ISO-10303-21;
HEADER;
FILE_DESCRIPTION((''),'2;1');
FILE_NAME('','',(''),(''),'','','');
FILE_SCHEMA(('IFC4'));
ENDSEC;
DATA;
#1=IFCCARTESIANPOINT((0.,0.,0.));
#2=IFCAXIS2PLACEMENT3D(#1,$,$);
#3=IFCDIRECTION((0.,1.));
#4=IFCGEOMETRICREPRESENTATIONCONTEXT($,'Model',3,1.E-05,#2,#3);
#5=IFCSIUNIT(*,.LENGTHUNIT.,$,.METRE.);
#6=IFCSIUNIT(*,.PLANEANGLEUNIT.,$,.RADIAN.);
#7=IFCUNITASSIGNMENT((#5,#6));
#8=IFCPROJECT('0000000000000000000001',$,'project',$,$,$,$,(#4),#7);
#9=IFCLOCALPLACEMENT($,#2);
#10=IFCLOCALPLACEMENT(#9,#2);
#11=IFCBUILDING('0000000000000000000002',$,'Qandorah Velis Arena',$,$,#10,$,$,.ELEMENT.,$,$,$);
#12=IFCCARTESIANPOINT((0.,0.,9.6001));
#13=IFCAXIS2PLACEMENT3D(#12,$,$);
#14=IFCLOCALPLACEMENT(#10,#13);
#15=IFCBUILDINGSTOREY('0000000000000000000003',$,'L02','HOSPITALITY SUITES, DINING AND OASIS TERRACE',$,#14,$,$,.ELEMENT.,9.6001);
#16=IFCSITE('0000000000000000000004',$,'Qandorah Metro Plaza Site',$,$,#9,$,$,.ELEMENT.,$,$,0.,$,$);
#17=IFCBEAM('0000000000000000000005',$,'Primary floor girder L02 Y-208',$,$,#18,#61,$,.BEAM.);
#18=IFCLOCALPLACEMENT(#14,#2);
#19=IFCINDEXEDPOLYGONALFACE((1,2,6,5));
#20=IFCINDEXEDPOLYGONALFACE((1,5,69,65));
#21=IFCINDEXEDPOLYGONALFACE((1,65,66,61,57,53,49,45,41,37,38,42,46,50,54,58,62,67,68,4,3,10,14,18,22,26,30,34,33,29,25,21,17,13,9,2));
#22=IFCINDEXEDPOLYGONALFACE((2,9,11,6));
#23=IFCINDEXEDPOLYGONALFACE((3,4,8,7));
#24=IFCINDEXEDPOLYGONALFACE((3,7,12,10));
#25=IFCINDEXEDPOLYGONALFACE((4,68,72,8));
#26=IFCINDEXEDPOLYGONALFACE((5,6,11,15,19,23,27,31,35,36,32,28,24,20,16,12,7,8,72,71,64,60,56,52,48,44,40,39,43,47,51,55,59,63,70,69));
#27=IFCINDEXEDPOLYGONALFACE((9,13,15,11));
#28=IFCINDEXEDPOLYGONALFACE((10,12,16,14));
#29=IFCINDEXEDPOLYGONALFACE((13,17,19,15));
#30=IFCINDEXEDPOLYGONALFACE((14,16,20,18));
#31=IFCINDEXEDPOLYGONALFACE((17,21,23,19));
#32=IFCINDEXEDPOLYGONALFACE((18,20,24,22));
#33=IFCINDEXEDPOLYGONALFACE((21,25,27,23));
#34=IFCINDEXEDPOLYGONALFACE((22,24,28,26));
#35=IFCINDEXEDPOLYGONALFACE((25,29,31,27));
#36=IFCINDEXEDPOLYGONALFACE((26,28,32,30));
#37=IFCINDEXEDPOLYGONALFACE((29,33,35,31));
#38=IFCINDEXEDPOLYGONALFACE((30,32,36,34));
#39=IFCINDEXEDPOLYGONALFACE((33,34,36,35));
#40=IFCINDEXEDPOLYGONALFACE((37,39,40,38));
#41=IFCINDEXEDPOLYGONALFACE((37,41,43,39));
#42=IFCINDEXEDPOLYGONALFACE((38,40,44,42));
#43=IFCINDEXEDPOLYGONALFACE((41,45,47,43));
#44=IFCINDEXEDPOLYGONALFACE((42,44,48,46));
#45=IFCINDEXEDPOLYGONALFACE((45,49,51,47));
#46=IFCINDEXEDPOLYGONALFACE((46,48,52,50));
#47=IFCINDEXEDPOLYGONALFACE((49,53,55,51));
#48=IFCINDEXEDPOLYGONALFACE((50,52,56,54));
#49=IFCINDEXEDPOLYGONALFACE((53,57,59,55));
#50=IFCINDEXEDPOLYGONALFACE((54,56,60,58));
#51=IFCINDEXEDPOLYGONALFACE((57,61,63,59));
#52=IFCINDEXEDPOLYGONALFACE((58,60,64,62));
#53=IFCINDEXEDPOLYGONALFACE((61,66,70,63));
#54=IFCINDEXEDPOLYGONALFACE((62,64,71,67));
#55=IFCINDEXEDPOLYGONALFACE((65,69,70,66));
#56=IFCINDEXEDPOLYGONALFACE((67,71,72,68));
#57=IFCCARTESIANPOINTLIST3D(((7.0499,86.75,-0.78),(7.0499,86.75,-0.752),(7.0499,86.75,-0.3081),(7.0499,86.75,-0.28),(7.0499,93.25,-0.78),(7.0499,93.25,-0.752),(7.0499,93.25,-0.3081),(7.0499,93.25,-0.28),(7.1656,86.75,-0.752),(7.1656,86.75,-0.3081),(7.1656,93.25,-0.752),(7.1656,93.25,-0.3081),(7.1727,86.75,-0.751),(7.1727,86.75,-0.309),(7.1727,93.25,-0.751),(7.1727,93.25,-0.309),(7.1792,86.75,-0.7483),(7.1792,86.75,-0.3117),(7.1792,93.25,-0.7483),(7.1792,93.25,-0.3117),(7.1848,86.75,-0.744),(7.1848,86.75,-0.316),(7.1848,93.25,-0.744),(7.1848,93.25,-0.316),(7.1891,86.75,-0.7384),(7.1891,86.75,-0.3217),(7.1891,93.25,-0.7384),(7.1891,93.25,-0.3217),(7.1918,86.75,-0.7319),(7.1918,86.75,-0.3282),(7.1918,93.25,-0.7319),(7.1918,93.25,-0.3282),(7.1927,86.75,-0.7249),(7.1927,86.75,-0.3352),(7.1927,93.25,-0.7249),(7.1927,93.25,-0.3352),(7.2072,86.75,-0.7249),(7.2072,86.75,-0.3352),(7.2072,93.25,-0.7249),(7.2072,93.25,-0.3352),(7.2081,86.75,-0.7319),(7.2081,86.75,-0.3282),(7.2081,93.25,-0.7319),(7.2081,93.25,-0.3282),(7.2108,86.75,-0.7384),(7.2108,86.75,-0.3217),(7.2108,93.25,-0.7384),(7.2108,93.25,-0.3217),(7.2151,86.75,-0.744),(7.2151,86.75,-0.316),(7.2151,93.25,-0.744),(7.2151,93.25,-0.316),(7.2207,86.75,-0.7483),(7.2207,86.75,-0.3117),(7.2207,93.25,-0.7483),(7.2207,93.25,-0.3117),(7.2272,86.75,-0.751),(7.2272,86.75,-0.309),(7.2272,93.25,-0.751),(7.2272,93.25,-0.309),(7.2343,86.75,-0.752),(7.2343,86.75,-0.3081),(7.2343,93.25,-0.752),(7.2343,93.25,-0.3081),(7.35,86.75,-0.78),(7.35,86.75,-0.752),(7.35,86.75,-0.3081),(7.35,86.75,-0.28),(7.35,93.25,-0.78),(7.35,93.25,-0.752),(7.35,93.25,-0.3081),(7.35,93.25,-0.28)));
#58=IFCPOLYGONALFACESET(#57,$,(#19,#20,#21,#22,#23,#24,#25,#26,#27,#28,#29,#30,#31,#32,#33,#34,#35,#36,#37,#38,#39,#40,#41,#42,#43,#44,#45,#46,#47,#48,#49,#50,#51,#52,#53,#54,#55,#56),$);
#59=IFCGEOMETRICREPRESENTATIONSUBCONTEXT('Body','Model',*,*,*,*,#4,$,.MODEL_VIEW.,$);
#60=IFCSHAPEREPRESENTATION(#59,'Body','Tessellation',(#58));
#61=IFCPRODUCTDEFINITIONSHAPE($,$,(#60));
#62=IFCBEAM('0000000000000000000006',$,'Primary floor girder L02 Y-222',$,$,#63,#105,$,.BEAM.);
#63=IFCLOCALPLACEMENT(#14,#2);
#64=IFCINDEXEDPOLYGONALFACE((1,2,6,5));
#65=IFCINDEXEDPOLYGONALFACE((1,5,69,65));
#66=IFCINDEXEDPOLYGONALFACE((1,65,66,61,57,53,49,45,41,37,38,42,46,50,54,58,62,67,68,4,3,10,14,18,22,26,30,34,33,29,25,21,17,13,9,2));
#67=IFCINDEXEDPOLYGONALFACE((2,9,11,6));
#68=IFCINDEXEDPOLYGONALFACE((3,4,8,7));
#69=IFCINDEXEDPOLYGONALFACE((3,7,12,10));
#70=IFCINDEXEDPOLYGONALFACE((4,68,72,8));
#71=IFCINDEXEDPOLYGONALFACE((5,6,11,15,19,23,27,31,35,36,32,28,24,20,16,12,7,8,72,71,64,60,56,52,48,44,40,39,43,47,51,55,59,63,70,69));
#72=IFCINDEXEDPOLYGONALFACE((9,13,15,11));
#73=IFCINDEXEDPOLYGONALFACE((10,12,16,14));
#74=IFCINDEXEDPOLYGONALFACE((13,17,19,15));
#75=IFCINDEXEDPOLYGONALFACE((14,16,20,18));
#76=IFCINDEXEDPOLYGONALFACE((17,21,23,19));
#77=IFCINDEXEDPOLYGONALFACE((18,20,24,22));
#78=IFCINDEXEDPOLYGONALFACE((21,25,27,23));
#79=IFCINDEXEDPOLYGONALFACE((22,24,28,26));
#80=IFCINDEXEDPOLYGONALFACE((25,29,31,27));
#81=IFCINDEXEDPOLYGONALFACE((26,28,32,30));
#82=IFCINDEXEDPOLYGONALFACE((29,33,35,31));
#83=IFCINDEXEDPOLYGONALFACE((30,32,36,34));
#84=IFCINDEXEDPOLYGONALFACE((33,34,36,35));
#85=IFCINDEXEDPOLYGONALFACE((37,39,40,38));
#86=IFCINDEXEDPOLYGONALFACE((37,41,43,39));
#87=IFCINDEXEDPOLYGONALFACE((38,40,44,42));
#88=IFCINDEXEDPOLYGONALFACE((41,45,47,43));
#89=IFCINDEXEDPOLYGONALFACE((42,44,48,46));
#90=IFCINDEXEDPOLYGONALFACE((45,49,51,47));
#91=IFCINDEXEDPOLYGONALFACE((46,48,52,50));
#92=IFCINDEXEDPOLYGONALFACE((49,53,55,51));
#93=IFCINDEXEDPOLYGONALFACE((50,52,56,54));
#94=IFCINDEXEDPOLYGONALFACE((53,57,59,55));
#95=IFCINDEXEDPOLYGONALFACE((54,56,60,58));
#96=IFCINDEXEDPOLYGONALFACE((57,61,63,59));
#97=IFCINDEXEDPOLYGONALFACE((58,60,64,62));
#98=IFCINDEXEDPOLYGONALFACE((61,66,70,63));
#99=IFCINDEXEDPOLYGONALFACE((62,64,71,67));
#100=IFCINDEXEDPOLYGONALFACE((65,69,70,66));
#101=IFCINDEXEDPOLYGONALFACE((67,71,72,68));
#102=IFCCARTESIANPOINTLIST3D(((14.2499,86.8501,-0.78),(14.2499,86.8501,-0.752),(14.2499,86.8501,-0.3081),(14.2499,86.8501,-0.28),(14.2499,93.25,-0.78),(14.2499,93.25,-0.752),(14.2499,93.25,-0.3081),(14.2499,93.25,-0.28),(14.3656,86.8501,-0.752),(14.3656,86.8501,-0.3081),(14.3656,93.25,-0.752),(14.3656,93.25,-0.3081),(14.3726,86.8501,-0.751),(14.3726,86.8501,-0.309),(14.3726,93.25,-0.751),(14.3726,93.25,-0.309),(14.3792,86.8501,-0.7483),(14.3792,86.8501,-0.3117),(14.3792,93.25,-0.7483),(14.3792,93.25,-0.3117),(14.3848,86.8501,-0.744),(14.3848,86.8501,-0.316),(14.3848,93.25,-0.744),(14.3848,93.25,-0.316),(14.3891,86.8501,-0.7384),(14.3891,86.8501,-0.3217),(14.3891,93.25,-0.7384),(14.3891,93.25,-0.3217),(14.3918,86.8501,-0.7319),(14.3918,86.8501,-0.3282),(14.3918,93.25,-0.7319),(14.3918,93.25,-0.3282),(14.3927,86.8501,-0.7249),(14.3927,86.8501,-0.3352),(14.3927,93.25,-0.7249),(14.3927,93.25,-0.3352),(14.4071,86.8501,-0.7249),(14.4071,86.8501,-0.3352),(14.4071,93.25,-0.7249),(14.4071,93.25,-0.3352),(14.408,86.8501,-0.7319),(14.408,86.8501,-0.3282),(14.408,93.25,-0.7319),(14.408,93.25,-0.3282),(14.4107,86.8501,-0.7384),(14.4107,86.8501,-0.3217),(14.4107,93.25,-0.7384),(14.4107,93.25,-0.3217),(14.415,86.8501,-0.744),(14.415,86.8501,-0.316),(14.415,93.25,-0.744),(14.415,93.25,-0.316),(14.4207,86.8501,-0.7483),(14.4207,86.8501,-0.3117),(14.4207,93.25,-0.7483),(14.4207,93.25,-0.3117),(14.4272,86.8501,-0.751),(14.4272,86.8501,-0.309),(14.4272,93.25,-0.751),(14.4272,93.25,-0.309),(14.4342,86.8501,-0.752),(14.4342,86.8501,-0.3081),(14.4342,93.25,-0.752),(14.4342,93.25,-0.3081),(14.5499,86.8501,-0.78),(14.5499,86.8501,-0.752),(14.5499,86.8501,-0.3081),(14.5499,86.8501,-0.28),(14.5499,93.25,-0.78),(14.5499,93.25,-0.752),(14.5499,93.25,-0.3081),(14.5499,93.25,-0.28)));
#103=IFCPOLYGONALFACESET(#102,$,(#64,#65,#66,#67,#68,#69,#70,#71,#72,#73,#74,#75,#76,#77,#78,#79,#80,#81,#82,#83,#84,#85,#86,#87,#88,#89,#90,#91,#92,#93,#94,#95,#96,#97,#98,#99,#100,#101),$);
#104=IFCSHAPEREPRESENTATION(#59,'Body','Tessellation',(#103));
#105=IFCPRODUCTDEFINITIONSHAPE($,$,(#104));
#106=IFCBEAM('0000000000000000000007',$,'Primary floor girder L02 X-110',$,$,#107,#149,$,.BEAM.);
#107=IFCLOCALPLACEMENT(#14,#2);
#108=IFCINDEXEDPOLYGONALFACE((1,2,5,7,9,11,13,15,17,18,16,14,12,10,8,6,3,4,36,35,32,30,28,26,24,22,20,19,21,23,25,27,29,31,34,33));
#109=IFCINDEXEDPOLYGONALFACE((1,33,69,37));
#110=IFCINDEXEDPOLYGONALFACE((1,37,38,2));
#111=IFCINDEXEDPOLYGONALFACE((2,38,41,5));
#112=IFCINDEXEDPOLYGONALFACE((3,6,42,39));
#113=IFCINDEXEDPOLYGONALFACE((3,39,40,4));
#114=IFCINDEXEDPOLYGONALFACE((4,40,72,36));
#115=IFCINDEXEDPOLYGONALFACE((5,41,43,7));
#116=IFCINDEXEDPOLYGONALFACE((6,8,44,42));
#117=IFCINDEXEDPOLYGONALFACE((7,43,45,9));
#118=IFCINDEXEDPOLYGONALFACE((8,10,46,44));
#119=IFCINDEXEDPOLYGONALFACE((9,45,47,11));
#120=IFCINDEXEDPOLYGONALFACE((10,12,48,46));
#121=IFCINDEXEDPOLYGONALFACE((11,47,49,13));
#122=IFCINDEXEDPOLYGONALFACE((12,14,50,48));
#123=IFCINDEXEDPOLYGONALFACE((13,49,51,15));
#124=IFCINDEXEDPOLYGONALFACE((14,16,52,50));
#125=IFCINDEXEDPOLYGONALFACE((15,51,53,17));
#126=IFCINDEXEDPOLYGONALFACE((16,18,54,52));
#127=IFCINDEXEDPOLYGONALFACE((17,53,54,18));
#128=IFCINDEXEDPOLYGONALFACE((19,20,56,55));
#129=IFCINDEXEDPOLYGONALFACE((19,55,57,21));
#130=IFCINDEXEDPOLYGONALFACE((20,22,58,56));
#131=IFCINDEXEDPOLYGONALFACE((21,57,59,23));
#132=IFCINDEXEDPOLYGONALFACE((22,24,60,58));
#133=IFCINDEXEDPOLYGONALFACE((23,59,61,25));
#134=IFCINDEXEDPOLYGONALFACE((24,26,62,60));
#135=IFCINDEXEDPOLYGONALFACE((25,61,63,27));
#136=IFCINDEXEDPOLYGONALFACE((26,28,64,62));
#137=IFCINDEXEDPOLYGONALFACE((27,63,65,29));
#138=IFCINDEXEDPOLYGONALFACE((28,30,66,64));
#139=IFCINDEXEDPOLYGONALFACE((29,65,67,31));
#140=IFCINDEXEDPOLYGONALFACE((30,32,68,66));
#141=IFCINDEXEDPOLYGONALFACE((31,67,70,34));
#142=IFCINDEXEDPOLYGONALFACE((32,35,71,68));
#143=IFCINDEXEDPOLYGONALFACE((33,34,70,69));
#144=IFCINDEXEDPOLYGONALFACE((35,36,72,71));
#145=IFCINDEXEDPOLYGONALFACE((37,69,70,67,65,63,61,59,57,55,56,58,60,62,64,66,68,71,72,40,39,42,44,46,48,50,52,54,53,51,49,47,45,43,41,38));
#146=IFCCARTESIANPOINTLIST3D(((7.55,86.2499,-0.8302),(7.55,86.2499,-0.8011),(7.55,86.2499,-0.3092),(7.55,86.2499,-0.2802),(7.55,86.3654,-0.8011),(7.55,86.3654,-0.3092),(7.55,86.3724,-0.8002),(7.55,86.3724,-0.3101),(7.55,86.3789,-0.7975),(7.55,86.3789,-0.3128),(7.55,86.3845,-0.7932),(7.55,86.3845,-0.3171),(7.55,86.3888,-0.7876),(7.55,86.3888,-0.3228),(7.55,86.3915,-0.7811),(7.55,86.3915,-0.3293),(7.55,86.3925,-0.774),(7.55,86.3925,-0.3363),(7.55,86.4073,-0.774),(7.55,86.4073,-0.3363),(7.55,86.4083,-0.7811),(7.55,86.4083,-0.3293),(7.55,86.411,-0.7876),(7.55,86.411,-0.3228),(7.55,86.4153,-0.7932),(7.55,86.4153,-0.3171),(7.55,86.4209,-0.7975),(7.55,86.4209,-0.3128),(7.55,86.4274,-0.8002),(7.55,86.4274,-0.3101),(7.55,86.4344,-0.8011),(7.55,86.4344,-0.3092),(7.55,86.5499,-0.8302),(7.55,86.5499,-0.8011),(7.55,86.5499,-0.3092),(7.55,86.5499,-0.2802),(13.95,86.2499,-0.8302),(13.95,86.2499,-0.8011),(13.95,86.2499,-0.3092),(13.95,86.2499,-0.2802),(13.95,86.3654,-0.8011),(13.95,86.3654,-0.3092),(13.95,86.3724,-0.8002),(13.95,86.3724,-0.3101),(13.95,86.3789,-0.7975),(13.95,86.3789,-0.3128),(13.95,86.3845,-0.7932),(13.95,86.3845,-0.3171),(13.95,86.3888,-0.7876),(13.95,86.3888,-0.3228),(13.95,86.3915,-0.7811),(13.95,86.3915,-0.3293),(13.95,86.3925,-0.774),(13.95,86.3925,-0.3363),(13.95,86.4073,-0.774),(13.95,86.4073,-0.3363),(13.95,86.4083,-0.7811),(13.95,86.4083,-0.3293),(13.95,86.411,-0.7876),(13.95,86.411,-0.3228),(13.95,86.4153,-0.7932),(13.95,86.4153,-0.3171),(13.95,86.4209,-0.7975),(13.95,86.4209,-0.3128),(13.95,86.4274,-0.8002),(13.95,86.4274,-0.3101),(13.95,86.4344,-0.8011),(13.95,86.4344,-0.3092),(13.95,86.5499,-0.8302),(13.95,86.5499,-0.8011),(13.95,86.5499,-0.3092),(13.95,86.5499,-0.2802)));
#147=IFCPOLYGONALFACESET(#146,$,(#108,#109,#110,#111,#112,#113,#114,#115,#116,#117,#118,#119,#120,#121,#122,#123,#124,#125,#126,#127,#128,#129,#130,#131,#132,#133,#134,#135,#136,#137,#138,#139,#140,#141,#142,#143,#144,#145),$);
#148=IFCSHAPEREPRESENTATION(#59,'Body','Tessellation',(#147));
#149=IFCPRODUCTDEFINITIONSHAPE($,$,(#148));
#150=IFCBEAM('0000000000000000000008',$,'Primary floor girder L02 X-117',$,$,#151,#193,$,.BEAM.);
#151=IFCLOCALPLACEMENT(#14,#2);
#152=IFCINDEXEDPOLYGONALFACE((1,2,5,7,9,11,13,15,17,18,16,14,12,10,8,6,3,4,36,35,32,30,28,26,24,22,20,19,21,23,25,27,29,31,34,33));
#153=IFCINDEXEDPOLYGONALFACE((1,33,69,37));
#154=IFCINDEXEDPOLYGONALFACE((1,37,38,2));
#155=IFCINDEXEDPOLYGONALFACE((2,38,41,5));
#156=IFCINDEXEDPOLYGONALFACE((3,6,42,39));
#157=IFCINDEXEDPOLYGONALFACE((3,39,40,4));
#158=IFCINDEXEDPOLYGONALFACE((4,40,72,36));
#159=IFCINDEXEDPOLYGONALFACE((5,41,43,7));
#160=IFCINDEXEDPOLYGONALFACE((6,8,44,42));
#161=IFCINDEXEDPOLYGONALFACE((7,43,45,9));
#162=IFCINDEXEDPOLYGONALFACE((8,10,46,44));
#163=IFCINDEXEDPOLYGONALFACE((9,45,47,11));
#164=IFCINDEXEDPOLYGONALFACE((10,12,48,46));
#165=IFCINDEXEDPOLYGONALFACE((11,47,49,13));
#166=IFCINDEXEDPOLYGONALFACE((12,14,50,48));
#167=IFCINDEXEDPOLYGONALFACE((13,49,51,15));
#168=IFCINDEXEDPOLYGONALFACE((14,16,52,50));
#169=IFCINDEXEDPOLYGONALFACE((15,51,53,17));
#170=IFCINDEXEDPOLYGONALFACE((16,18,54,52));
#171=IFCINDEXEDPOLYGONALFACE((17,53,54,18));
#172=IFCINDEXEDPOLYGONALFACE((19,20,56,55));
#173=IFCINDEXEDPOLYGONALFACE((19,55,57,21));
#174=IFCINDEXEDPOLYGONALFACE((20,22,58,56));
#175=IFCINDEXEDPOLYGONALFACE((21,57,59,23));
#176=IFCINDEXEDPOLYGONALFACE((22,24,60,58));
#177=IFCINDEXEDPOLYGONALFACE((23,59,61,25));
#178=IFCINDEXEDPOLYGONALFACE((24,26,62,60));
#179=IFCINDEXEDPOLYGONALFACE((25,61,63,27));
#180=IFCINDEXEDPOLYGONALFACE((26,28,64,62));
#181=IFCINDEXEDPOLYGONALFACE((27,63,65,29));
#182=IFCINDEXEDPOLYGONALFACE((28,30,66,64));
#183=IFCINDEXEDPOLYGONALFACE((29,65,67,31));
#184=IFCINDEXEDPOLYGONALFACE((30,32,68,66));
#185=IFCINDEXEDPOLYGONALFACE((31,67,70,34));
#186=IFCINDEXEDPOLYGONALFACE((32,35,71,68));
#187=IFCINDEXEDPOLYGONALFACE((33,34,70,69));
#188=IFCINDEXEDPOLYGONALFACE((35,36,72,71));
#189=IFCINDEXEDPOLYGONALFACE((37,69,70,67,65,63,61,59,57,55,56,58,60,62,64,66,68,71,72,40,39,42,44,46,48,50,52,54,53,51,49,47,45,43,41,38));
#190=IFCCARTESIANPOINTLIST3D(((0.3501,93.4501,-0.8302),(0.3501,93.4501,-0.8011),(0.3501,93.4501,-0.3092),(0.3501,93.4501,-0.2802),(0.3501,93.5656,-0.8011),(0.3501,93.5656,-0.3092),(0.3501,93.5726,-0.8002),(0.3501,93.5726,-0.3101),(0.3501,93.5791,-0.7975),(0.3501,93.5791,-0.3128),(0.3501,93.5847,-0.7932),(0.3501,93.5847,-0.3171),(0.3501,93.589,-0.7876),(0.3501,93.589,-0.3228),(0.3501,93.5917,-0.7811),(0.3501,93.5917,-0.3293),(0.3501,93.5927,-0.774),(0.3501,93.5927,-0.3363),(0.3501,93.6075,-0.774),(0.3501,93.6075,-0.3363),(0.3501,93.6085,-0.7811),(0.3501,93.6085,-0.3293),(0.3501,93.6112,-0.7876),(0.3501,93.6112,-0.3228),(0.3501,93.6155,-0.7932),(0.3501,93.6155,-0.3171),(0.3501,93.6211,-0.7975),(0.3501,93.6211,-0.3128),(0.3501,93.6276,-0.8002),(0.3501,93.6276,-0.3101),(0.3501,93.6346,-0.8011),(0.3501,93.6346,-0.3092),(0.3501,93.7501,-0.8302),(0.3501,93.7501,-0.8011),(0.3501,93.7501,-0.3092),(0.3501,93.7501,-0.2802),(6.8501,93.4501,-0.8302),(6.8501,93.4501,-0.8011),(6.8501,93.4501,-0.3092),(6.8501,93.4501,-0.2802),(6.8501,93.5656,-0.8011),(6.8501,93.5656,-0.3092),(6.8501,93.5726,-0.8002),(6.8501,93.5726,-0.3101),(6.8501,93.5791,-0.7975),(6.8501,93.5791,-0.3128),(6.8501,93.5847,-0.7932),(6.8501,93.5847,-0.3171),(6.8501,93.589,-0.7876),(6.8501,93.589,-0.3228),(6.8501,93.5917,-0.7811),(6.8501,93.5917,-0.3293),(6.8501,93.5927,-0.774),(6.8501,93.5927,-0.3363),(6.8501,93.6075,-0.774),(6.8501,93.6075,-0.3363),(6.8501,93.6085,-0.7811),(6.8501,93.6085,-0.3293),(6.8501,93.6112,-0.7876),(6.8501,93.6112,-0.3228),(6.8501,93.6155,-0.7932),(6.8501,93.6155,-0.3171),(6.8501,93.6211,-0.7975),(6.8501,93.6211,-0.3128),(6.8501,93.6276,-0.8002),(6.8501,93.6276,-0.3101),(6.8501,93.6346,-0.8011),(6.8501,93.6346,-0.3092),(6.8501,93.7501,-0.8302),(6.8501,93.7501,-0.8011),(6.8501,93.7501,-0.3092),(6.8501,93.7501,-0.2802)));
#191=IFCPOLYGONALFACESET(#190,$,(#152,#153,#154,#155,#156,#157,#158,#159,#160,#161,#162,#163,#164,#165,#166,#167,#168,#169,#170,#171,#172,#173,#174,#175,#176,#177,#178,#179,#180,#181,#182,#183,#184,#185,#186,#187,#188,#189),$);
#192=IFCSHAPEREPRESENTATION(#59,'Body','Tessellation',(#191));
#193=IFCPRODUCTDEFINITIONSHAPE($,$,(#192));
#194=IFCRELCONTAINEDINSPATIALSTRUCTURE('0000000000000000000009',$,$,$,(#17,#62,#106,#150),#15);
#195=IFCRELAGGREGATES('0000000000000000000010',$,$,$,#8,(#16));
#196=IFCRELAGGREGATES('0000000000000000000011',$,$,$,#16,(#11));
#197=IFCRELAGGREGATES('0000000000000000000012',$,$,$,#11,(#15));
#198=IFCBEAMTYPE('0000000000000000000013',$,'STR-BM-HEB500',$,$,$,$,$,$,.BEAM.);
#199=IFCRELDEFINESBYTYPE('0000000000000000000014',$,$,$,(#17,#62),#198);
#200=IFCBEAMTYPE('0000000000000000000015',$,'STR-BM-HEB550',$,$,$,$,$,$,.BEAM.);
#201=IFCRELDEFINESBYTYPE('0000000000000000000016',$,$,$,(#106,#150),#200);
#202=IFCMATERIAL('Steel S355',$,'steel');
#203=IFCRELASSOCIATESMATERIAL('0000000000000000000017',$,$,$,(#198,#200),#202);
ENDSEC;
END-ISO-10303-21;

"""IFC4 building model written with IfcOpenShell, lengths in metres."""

from ifc_helpers import new_model, si_unit, direction, frame, origin, origin_2d, place, context, subcontext, project, spatial, i_section, extrude, material, material_profile, profile_set, type_object, element, save


model = new_model("IFC4")

# Units and contexts
model_context = context("Model", 3, precision=1e-05, world=origin(), true_north=direction((0.0, 1.0)))
body_context = subcontext(model_context, "Body", "Model", "MODEL_VIEW")
ifc_project = project(units=[si_unit("LENGTHUNIT", "METRE"), si_unit("PLANEANGLEUNIT", "RADIAN")], contexts=[model_context])

# Site, building, storey
site_placement = place(None, origin())
site = spatial("IfcSite", under=ifc_project, at=site_placement, Name="Qandorah Metro Plaza Site", CompositionType="ELEMENT", RefElevation=0.0)
building_placement = place(site_placement, origin())
building = spatial("IfcBuilding", under=site, at=building_placement, Name="Qandorah Velis Arena", CompositionType="ELEMENT")
storey_placement = place(building_placement, frame((0.0, 0.0, 9.6001)))
storey = spatial("IfcBuildingStorey", under=building, at=storey_placement, Name="L02", Description="HOSPITALITY SUITES, DINING AND OASIS TERRACE", CompositionType="ELEMENT", Elevation=9.6001)

# Shared definitions
ifc_material_1 = material(Name="Steel S355", Category="steel")

# Beams
ifc_material_profile_1 = material_profile(ifc_material_1, i_section(OverallWidth=0.3, OverallDepth=0.5, WebThickness=0.0144, FlangeThickness=0.0281, FilletRadius=0.0271, at=origin_2d()), Name="HEB 500")
ifc_profile_set_1 = profile_set([ifc_material_profile_1], Name="Steel S355")
beam_type_1 = type_object("IfcBeamType", Name="STR-BM-HEB500", PredefinedType="BEAM", material=ifc_profile_set_1)
for number, where, z_axis, x_axis, name in (
    (1, (7.2, 86.75, -0.53), (0.0, 1.0, 0.0), (-1.0, 0.0, 0.0), "Primary floor girder L02 Y-208"),
):
    element("IfcBeam", number, at=place(storey_placement, frame(where, z_axis=z_axis, x_axis=x_axis)), inside=storey, type_object=beam_type_1, Name=name, PredefinedType="BEAM", context=body_context, shape_type="SweptSolid", body=[
        extrude(i_section(OverallWidth=0.3, OverallDepth=0.5, WebThickness=0.0144, FlangeThickness=0.0281, FilletRadius=0.0271, at=origin_2d()), origin(), (0.0, 0.0, 1.0), 6.5),
    ])
beam_1_placement = place(storey_placement, frame((14.3999, 86.8501, -0.53), z_axis=(0.0, 1.0, 0.0), x_axis=(-1.0, 0.0, 0.0)))
element("IfcBeam", 2, at=beam_1_placement, inside=storey, type_object=beam_type_1, Name="Primary floor girder L02 Y-222", PredefinedType="BEAM", context=body_context, shape_type="SweptSolid", body=[
    extrude(i_section(OverallWidth=0.3, OverallDepth=0.5, WebThickness=0.0144, FlangeThickness=0.0281, FilletRadius=0.0271, at=origin_2d()), origin(), (0.0, 0.0, 1.0), 6.3999),
])
ifc_material_profile_2 = material_profile(ifc_material_1, i_section(OverallWidth=0.3, OverallDepth=0.55, WebThickness=0.0149, FlangeThickness=0.0291, FilletRadius=0.0271, at=origin_2d()), Name="HEB 550")
ifc_profile_set_2 = profile_set([ifc_material_profile_2], Name="Steel S355")
beam_type_2 = type_object("IfcBeamType", Name="STR-BM-HEB550", PredefinedType="BEAM", material=ifc_profile_set_2)
beam_2_placement = place(storey_placement, frame((7.55, 86.3999, -0.5552), z_axis=(1.0, 0.0, 0.0), x_axis=(0.0, 1.0, 0.0)))
element("IfcBeam", 3, at=beam_2_placement, inside=storey, type_object=beam_type_2, Name="Primary floor girder L02 X-110", PredefinedType="BEAM", context=body_context, shape_type="SweptSolid", body=[
    extrude(i_section(OverallWidth=0.3, OverallDepth=0.55, WebThickness=0.0149, FlangeThickness=0.0291, FilletRadius=0.0271, at=origin_2d()), origin(), (0.0, 0.0, 1.0), 6.3999),
])
for number, where, z_axis, x_axis, name in (
    (4, (0.3501, 93.6001, -0.5552), (1.0, 0.0, 0.0), (0.0, 1.0, 0.0), "Primary floor girder L02 X-117"),
):
    element("IfcBeam", number, at=place(storey_placement, frame(where, z_axis=z_axis, x_axis=x_axis)), inside=storey, type_object=beam_type_2, Name=name, PredefinedType="BEAM", context=body_context, shape_type="SweptSolid", body=[
        extrude(i_section(OverallWidth=0.3, OverallDepth=0.55, WebThickness=0.0149, FlangeThickness=0.0291, FilletRadius=0.0271, at=origin_2d()), origin(), (0.0, 0.0, 1.0), 6.5),
    ])

save(model, "model.ifc")
